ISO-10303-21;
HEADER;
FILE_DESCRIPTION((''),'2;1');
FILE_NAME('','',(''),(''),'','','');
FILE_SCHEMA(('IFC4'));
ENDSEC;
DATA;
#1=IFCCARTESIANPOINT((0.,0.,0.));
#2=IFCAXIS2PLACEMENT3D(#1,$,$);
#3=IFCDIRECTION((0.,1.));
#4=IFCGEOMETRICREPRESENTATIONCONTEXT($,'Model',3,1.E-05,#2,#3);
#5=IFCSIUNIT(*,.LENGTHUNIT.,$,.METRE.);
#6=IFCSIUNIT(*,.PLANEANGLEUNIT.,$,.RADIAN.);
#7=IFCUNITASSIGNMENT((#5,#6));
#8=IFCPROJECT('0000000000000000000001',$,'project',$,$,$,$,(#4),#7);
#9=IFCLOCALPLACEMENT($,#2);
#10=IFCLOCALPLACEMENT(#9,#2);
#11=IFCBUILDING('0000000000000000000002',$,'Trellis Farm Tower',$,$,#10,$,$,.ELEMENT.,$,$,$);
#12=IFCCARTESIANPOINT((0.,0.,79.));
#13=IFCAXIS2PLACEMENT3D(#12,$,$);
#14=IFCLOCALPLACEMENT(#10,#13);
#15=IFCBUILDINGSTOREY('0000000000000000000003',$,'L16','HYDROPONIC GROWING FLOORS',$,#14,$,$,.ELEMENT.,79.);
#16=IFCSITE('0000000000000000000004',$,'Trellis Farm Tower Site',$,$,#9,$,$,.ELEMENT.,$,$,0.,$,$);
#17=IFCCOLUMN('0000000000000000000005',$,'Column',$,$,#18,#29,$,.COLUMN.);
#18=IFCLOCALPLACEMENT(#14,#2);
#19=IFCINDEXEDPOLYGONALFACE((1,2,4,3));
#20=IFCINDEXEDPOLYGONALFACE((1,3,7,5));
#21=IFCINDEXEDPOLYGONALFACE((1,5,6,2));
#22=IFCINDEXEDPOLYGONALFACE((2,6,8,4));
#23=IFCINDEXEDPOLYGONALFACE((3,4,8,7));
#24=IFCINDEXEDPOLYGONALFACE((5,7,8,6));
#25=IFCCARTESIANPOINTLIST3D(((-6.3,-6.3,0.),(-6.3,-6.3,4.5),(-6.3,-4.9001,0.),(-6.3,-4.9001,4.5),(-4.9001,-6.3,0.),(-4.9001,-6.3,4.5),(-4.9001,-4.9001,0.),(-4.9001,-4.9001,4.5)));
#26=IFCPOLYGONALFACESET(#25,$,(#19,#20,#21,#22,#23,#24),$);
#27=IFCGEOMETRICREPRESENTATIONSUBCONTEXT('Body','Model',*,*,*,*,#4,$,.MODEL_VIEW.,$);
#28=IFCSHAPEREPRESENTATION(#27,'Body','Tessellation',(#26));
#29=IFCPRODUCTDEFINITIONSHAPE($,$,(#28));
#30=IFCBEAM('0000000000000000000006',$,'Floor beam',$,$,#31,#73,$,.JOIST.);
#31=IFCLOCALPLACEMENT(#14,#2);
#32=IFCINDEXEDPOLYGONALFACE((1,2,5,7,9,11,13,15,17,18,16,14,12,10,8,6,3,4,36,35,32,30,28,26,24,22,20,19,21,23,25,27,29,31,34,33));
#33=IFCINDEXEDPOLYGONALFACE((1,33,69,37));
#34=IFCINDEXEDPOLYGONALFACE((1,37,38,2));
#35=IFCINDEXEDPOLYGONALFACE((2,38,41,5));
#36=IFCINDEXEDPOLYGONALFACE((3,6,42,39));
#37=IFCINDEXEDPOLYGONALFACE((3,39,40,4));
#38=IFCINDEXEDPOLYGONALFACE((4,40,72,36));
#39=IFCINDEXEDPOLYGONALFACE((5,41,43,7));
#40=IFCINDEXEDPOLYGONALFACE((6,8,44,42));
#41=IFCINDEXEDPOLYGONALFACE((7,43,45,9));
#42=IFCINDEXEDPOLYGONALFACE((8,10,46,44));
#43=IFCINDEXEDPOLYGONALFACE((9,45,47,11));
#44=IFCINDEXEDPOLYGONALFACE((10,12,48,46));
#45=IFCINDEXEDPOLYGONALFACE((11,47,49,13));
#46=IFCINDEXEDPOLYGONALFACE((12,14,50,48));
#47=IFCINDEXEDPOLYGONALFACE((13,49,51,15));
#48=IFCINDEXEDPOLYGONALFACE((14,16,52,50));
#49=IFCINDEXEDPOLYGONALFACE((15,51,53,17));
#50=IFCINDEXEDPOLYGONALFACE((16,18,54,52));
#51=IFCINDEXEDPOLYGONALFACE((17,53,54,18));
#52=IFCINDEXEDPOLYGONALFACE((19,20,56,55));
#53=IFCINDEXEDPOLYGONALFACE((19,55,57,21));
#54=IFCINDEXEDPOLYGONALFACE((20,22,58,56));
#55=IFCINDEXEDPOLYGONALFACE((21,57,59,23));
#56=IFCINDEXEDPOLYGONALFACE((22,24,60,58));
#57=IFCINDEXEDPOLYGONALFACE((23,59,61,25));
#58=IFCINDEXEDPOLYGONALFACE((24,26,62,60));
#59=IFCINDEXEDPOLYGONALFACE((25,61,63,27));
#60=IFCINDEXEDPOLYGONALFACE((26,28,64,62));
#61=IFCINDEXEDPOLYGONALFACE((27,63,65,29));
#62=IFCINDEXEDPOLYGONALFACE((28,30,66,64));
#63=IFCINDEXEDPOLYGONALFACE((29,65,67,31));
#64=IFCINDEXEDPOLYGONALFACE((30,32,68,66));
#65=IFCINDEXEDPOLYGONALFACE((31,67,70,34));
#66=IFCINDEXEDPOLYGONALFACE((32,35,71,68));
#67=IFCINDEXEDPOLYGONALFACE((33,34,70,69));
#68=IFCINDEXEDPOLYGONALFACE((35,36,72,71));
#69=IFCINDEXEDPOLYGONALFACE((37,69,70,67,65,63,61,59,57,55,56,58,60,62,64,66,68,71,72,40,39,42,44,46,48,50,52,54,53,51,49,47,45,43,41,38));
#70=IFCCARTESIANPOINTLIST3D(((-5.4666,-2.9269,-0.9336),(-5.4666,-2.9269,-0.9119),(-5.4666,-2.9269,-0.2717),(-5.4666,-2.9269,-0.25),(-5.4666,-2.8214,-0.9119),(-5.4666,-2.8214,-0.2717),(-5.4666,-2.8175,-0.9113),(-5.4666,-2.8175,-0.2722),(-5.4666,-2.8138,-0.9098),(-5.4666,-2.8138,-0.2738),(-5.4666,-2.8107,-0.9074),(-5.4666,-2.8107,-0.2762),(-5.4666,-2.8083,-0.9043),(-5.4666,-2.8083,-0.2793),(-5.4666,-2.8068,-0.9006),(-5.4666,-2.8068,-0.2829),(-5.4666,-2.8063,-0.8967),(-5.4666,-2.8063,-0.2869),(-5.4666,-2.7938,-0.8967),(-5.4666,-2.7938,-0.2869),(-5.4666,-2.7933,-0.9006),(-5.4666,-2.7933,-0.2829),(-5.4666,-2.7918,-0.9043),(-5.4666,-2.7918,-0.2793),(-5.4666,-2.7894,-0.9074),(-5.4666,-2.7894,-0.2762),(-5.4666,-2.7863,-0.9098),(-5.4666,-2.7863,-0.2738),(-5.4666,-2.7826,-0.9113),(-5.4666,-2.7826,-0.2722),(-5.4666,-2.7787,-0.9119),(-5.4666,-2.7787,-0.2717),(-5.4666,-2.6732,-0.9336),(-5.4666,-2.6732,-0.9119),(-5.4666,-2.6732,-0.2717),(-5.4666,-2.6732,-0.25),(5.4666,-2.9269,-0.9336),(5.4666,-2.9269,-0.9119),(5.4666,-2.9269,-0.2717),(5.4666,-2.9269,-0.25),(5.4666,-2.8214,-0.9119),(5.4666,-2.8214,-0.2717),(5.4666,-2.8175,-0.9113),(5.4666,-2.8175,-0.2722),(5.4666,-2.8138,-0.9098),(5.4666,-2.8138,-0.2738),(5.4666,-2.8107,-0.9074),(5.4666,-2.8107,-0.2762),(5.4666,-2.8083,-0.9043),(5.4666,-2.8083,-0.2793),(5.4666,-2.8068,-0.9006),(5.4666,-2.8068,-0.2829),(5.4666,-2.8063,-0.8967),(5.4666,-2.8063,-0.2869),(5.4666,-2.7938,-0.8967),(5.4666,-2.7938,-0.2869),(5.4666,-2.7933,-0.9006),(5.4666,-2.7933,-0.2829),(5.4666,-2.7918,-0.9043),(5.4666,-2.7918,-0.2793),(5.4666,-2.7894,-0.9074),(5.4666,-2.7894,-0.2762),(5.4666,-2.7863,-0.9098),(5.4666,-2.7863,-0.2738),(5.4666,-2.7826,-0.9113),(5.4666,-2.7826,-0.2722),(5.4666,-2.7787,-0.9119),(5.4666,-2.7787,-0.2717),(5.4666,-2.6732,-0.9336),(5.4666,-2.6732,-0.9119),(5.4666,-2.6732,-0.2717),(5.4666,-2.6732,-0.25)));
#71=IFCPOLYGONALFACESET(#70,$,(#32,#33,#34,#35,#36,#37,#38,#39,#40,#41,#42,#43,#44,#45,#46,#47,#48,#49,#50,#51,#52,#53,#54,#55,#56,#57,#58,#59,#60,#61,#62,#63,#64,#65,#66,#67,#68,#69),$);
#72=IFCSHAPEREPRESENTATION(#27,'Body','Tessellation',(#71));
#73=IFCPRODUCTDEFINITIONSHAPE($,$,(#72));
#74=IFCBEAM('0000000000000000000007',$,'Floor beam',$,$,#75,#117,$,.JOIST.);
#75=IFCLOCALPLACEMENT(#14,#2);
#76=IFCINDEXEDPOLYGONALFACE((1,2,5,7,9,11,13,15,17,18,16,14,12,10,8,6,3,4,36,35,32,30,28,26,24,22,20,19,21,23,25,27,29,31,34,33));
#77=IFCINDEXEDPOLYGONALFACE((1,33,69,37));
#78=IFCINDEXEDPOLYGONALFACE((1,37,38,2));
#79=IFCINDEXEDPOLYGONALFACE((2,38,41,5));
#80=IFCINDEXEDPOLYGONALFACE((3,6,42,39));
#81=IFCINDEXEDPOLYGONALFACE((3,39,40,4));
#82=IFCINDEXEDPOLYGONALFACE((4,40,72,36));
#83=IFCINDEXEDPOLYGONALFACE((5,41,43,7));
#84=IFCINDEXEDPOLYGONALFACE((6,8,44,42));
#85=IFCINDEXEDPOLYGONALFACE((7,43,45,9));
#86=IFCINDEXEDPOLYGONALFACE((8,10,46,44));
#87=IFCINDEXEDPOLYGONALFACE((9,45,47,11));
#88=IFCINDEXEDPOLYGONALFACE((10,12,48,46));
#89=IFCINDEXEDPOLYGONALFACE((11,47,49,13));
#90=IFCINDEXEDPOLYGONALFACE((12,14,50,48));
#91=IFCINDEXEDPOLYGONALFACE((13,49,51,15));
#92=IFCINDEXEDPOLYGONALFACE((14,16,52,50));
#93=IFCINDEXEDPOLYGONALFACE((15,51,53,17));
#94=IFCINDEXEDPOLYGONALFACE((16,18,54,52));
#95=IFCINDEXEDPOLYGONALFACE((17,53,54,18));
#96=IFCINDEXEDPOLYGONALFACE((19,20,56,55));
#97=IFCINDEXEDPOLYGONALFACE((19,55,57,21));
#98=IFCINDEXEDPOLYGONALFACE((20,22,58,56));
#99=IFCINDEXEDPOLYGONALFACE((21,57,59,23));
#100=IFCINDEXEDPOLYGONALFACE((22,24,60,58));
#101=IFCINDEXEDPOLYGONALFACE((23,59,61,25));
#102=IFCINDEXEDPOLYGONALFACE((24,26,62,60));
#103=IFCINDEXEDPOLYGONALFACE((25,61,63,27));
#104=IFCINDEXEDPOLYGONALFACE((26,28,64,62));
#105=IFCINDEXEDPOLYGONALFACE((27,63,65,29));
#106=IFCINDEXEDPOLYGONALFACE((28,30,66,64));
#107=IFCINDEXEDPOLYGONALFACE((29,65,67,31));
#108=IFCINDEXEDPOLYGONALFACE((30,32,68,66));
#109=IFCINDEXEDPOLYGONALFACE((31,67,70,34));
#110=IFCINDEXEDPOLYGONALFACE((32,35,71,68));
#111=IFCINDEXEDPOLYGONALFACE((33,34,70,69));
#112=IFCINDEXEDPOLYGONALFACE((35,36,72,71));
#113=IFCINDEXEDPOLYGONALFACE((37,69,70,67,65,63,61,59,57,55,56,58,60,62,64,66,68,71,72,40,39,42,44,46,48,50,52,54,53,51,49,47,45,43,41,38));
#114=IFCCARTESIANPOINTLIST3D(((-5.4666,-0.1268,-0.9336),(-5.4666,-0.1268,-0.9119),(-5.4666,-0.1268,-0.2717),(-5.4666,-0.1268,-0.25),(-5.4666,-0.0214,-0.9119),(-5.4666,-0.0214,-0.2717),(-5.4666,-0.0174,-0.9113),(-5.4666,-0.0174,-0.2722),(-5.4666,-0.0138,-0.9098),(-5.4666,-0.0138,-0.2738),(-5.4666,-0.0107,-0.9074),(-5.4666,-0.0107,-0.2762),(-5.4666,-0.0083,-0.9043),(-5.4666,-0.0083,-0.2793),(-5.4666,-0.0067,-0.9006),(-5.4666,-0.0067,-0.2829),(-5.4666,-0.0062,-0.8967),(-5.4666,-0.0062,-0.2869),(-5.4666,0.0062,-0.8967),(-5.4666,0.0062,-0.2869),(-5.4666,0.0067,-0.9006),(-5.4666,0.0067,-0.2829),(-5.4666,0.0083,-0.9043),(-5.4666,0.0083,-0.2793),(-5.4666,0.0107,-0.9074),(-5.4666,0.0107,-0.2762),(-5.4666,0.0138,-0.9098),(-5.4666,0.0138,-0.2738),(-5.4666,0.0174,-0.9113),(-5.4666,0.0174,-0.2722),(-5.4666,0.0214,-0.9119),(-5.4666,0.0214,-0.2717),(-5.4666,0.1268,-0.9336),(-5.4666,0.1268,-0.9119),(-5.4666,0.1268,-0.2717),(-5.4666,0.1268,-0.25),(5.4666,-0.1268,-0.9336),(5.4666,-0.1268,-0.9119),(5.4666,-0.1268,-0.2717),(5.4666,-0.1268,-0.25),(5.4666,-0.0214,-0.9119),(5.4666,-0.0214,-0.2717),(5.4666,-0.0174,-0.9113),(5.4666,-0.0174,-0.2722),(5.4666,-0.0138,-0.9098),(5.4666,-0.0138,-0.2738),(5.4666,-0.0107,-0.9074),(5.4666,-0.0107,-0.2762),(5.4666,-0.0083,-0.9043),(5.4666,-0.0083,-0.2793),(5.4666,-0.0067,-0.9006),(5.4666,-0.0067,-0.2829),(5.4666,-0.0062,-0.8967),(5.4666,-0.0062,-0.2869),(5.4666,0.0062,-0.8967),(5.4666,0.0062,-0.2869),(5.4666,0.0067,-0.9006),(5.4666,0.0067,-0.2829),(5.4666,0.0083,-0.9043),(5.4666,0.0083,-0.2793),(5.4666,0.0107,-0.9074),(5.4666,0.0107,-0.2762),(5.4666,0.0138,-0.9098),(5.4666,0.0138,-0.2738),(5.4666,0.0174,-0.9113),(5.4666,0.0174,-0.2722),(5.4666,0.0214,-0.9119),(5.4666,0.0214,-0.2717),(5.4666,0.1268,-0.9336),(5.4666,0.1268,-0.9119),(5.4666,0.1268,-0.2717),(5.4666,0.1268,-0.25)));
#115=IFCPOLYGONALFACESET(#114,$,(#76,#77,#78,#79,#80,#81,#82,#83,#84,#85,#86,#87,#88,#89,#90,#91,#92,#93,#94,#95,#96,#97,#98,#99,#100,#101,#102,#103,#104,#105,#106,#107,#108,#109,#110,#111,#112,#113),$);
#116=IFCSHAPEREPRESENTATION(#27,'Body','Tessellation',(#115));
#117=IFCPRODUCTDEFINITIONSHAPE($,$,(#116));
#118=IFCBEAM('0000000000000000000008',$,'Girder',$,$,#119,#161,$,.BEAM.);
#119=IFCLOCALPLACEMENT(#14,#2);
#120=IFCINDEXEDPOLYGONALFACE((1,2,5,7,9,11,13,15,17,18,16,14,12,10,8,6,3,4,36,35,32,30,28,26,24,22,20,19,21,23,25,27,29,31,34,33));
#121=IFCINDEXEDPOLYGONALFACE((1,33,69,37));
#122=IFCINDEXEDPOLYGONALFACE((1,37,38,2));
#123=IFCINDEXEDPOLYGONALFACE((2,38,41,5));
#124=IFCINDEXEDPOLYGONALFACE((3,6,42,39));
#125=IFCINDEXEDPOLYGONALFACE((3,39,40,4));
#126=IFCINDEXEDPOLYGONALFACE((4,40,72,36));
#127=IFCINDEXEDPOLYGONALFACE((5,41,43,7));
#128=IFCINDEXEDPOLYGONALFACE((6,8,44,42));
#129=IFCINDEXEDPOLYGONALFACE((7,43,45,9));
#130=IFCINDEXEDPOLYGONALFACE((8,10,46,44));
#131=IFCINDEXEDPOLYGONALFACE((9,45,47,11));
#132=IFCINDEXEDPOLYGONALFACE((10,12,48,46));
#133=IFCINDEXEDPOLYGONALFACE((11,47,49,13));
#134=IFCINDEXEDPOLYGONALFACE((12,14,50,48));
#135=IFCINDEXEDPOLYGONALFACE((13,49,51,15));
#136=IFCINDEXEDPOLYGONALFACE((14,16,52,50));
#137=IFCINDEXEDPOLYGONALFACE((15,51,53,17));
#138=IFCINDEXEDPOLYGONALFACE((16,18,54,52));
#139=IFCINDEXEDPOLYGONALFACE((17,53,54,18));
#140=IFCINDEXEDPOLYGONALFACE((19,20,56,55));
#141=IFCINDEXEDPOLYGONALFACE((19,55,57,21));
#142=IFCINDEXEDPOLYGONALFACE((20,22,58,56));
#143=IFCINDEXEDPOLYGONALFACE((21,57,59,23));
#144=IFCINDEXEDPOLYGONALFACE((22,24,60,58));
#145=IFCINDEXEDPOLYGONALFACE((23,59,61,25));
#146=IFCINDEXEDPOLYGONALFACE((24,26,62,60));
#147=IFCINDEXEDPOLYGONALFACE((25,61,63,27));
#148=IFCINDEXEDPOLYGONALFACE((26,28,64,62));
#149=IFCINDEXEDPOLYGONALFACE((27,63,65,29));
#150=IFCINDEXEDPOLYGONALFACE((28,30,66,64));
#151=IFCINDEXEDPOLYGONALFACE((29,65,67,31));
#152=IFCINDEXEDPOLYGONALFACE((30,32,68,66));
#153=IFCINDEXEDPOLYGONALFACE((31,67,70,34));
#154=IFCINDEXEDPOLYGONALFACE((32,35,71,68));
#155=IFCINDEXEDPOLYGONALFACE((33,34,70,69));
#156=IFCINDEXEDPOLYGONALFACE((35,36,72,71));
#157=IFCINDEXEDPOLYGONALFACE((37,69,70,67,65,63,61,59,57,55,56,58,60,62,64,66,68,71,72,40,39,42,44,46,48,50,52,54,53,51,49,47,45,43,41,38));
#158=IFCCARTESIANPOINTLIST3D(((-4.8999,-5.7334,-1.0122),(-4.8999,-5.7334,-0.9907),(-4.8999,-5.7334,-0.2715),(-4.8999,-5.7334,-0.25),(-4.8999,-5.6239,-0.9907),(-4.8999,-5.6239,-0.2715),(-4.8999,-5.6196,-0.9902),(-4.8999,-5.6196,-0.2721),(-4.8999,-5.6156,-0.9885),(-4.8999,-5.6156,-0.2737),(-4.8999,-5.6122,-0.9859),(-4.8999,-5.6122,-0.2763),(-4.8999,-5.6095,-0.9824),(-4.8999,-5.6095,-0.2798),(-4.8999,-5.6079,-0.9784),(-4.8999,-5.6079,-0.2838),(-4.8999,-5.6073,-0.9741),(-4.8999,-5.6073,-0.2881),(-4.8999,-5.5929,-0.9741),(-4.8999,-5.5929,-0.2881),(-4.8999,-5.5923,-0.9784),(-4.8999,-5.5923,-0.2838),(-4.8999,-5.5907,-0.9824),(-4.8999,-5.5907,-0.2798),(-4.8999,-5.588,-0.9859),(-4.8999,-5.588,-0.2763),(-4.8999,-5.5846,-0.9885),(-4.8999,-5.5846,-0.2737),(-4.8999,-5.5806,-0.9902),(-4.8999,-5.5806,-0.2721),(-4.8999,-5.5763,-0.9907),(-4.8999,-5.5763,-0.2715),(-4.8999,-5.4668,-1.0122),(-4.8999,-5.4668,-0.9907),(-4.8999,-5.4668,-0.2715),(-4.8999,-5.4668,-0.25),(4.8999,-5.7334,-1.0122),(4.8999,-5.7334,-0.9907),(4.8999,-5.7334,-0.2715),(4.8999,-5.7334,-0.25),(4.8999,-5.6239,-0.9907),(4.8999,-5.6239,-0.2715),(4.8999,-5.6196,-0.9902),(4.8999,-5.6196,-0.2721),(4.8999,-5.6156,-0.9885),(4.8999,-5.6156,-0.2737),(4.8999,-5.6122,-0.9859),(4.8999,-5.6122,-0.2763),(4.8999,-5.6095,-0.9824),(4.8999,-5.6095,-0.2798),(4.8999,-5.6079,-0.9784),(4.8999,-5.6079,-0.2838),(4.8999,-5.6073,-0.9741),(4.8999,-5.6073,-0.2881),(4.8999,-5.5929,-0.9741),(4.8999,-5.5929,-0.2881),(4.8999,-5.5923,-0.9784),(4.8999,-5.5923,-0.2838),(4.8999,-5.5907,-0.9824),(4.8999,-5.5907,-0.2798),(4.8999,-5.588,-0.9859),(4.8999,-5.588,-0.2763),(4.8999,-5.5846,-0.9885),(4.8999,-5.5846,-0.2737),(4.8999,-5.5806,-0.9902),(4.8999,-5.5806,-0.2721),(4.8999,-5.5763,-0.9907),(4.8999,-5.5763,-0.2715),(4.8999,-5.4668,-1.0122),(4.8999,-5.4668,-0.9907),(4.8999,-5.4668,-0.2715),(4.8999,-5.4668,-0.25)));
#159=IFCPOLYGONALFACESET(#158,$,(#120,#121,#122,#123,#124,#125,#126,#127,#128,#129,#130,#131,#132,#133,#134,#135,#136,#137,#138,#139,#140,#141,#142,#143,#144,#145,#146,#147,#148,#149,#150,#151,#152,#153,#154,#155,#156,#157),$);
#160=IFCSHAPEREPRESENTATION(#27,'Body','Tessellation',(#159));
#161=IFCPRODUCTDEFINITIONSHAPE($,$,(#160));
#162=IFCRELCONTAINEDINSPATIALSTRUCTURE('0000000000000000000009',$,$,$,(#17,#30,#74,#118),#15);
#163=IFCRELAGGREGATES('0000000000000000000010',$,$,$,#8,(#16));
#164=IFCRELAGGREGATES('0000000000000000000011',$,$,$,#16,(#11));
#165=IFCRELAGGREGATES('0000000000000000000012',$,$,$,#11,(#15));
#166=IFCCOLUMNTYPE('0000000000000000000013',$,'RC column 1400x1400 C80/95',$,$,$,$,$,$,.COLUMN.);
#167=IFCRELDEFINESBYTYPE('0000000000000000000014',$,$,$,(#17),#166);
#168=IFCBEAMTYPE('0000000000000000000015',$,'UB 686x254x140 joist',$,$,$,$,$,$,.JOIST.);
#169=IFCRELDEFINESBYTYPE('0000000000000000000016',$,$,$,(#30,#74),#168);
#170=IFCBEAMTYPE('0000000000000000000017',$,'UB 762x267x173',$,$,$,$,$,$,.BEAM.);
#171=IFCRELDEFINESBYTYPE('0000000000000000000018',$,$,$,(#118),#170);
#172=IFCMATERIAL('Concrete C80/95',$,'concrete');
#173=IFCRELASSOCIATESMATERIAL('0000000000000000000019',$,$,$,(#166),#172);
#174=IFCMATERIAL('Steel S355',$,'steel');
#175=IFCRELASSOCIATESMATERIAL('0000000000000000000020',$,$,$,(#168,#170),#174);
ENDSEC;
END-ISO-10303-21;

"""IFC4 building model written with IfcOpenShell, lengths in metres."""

from ifc_helpers import new_model, si_unit, direction, frame, origin, origin_2d, place, context, subcontext, project, spatial, rectangle, i_section, extrude, source, transform, mapped, material, material_profile, profile_set, type_object, element, save


model = new_model("IFC4")

# Units and contexts
model_context = context("Model", 3, precision=1e-05, world=origin(), true_north=direction((0.0, 1.0)))
body_context = subcontext(model_context, "Body", "Model", "MODEL_VIEW")
ifc_project = project(units=[si_unit("LENGTHUNIT", "METRE"), si_unit("PLANEANGLEUNIT", "RADIAN")], contexts=[model_context])

# Site, building, storey
site_placement = place(None, origin())
site = spatial("IfcSite", under=ifc_project, at=site_placement, Name="Trellis Farm Tower Site", CompositionType="ELEMENT", RefElevation=0.0)
building_placement = place(site_placement, origin())
building = spatial("IfcBuilding", under=site, at=building_placement, Name="Trellis Farm Tower", CompositionType="ELEMENT")
storey_placement = place(building_placement, frame((0.0, 0.0, 79.0)))
storey = spatial("IfcBuildingStorey", under=building, at=storey_placement, Name="L16", Description="HYDROPONIC GROWING FLOORS", CompositionType="ELEMENT", Elevation=79.0)

# Column
ifc_material_1 = material(Name="Concrete C80/95", Category="concrete")
ifc_material_profile_1 = material_profile(ifc_material_1, rectangle(XDim=1.3999, YDim=1.3999, at=origin_2d()), Name="RC column 1400x1400 C80/95")
ifc_profile_set_1 = profile_set([ifc_material_profile_1], Name="Concrete C80/95")
column_type = type_object("IfcColumnType", Name="RC column 1400x1400 C80/95", PredefinedType="COLUMN", material=ifc_profile_set_1)
shared_shape_1 = source(origin(), body_context, "Body", "SweptSolid", [
    extrude(rectangle(XDim=1.3999, YDim=1.3999, at=origin_2d()), origin(), (0.0, 0.0, 1.0), 4.5),
])
column_placement = place(storey_placement, frame((-5.6001, -5.6001, 0.0), z_axis=(0.0, 0.0, 1.0), x_axis=(1.0, 0.0, 0.0)))
element("IfcColumn", 1, at=column_placement, inside=storey, type_object=column_type, Name="Column", PredefinedType="COLUMN", context=body_context, shape_type="MappedRepresentation", body=[
    mapped(shared_shape_1, transform((0.0, 0.0, 0.0))),
])

# Beams
ifc_material_2 = material(Name="Steel S355", Category="steel")
ifc_material_profile_2 = material_profile(ifc_material_2, i_section(OverallWidth=0.2537, OverallDepth=0.6836, WebThickness=0.0125, FlangeThickness=0.0217, FilletRadius=0.0151, at=origin_2d()), Name="UB 686x254x140")
ifc_profile_set_2 = profile_set([ifc_material_profile_2], Name="Steel S355")
beam_type_1 = type_object("IfcBeamType", Name="UB 686x254x140 joist", PredefinedType="JOIST", material=ifc_profile_set_2)
shared_shape_2 = source(origin(), body_context, "Body", "SweptSolid", [
    extrude(i_section(OverallWidth=0.2537, OverallDepth=0.6836, WebThickness=0.0125, FlangeThickness=0.0217, FilletRadius=0.0151, at=origin_2d()), origin(), (0.0, 0.0, 1.0), 10.9331),
])
for number, where, z_axis, x_axis, name in (
    (2, (-5.4666, -2.8, -0.5918), (1.0, 0.0, 0.0), (0.0, 1.0, 0.0), "Floor beam"),
    (3, (-5.4666, 0.0, -0.5918), (1.0, 0.0, 0.0), (0.0, 1.0, 0.0), "Floor beam"),
):
    element("IfcBeam", number, at=place(storey_placement, frame(where, z_axis=z_axis, x_axis=x_axis)), inside=storey, type_object=beam_type_1, Name=name, PredefinedType="JOIST", context=body_context, shape_type="MappedRepresentation", body=[
        mapped(shared_shape_2, transform((0.0, 0.0, 0.0))),
    ])
ifc_material_profile_3 = material_profile(ifc_material_2, i_section(OverallWidth=0.2666, OverallDepth=0.7622, WebThickness=0.0144, FlangeThickness=0.0215, FilletRadius=0.0166, at=origin_2d()), Name="UB 762x267x173")
ifc_profile_set_3 = profile_set([ifc_material_profile_3], Name="Steel S355")
beam_type_2 = type_object("IfcBeamType", Name="UB 762x267x173", PredefinedType="BEAM", material=ifc_profile_set_3)
shared_shape_3 = source(origin(), body_context, "Body", "SweptSolid", [
    extrude(i_section(OverallWidth=0.2666, OverallDepth=0.7622, WebThickness=0.0144, FlangeThickness=0.0215, FilletRadius=0.0166, at=origin_2d()), origin(), (0.0, 0.0, 1.0), 9.7998),
])
for number, where, z_axis, x_axis, name in (
    (4, (-4.8999, -5.6001, -0.6311), (1.0, 0.0, 0.0), (0.0, 1.0, 0.0), "Girder"),
):
    element("IfcBeam", number, at=place(storey_placement, frame(where, z_axis=z_axis, x_axis=x_axis)), inside=storey, type_object=beam_type_2, Name=name, PredefinedType="BEAM", context=body_context, shape_type="MappedRepresentation", body=[
        mapped(shared_shape_3, transform((0.0, 0.0, 0.0))),
    ])

save(model, "model.ifc")
